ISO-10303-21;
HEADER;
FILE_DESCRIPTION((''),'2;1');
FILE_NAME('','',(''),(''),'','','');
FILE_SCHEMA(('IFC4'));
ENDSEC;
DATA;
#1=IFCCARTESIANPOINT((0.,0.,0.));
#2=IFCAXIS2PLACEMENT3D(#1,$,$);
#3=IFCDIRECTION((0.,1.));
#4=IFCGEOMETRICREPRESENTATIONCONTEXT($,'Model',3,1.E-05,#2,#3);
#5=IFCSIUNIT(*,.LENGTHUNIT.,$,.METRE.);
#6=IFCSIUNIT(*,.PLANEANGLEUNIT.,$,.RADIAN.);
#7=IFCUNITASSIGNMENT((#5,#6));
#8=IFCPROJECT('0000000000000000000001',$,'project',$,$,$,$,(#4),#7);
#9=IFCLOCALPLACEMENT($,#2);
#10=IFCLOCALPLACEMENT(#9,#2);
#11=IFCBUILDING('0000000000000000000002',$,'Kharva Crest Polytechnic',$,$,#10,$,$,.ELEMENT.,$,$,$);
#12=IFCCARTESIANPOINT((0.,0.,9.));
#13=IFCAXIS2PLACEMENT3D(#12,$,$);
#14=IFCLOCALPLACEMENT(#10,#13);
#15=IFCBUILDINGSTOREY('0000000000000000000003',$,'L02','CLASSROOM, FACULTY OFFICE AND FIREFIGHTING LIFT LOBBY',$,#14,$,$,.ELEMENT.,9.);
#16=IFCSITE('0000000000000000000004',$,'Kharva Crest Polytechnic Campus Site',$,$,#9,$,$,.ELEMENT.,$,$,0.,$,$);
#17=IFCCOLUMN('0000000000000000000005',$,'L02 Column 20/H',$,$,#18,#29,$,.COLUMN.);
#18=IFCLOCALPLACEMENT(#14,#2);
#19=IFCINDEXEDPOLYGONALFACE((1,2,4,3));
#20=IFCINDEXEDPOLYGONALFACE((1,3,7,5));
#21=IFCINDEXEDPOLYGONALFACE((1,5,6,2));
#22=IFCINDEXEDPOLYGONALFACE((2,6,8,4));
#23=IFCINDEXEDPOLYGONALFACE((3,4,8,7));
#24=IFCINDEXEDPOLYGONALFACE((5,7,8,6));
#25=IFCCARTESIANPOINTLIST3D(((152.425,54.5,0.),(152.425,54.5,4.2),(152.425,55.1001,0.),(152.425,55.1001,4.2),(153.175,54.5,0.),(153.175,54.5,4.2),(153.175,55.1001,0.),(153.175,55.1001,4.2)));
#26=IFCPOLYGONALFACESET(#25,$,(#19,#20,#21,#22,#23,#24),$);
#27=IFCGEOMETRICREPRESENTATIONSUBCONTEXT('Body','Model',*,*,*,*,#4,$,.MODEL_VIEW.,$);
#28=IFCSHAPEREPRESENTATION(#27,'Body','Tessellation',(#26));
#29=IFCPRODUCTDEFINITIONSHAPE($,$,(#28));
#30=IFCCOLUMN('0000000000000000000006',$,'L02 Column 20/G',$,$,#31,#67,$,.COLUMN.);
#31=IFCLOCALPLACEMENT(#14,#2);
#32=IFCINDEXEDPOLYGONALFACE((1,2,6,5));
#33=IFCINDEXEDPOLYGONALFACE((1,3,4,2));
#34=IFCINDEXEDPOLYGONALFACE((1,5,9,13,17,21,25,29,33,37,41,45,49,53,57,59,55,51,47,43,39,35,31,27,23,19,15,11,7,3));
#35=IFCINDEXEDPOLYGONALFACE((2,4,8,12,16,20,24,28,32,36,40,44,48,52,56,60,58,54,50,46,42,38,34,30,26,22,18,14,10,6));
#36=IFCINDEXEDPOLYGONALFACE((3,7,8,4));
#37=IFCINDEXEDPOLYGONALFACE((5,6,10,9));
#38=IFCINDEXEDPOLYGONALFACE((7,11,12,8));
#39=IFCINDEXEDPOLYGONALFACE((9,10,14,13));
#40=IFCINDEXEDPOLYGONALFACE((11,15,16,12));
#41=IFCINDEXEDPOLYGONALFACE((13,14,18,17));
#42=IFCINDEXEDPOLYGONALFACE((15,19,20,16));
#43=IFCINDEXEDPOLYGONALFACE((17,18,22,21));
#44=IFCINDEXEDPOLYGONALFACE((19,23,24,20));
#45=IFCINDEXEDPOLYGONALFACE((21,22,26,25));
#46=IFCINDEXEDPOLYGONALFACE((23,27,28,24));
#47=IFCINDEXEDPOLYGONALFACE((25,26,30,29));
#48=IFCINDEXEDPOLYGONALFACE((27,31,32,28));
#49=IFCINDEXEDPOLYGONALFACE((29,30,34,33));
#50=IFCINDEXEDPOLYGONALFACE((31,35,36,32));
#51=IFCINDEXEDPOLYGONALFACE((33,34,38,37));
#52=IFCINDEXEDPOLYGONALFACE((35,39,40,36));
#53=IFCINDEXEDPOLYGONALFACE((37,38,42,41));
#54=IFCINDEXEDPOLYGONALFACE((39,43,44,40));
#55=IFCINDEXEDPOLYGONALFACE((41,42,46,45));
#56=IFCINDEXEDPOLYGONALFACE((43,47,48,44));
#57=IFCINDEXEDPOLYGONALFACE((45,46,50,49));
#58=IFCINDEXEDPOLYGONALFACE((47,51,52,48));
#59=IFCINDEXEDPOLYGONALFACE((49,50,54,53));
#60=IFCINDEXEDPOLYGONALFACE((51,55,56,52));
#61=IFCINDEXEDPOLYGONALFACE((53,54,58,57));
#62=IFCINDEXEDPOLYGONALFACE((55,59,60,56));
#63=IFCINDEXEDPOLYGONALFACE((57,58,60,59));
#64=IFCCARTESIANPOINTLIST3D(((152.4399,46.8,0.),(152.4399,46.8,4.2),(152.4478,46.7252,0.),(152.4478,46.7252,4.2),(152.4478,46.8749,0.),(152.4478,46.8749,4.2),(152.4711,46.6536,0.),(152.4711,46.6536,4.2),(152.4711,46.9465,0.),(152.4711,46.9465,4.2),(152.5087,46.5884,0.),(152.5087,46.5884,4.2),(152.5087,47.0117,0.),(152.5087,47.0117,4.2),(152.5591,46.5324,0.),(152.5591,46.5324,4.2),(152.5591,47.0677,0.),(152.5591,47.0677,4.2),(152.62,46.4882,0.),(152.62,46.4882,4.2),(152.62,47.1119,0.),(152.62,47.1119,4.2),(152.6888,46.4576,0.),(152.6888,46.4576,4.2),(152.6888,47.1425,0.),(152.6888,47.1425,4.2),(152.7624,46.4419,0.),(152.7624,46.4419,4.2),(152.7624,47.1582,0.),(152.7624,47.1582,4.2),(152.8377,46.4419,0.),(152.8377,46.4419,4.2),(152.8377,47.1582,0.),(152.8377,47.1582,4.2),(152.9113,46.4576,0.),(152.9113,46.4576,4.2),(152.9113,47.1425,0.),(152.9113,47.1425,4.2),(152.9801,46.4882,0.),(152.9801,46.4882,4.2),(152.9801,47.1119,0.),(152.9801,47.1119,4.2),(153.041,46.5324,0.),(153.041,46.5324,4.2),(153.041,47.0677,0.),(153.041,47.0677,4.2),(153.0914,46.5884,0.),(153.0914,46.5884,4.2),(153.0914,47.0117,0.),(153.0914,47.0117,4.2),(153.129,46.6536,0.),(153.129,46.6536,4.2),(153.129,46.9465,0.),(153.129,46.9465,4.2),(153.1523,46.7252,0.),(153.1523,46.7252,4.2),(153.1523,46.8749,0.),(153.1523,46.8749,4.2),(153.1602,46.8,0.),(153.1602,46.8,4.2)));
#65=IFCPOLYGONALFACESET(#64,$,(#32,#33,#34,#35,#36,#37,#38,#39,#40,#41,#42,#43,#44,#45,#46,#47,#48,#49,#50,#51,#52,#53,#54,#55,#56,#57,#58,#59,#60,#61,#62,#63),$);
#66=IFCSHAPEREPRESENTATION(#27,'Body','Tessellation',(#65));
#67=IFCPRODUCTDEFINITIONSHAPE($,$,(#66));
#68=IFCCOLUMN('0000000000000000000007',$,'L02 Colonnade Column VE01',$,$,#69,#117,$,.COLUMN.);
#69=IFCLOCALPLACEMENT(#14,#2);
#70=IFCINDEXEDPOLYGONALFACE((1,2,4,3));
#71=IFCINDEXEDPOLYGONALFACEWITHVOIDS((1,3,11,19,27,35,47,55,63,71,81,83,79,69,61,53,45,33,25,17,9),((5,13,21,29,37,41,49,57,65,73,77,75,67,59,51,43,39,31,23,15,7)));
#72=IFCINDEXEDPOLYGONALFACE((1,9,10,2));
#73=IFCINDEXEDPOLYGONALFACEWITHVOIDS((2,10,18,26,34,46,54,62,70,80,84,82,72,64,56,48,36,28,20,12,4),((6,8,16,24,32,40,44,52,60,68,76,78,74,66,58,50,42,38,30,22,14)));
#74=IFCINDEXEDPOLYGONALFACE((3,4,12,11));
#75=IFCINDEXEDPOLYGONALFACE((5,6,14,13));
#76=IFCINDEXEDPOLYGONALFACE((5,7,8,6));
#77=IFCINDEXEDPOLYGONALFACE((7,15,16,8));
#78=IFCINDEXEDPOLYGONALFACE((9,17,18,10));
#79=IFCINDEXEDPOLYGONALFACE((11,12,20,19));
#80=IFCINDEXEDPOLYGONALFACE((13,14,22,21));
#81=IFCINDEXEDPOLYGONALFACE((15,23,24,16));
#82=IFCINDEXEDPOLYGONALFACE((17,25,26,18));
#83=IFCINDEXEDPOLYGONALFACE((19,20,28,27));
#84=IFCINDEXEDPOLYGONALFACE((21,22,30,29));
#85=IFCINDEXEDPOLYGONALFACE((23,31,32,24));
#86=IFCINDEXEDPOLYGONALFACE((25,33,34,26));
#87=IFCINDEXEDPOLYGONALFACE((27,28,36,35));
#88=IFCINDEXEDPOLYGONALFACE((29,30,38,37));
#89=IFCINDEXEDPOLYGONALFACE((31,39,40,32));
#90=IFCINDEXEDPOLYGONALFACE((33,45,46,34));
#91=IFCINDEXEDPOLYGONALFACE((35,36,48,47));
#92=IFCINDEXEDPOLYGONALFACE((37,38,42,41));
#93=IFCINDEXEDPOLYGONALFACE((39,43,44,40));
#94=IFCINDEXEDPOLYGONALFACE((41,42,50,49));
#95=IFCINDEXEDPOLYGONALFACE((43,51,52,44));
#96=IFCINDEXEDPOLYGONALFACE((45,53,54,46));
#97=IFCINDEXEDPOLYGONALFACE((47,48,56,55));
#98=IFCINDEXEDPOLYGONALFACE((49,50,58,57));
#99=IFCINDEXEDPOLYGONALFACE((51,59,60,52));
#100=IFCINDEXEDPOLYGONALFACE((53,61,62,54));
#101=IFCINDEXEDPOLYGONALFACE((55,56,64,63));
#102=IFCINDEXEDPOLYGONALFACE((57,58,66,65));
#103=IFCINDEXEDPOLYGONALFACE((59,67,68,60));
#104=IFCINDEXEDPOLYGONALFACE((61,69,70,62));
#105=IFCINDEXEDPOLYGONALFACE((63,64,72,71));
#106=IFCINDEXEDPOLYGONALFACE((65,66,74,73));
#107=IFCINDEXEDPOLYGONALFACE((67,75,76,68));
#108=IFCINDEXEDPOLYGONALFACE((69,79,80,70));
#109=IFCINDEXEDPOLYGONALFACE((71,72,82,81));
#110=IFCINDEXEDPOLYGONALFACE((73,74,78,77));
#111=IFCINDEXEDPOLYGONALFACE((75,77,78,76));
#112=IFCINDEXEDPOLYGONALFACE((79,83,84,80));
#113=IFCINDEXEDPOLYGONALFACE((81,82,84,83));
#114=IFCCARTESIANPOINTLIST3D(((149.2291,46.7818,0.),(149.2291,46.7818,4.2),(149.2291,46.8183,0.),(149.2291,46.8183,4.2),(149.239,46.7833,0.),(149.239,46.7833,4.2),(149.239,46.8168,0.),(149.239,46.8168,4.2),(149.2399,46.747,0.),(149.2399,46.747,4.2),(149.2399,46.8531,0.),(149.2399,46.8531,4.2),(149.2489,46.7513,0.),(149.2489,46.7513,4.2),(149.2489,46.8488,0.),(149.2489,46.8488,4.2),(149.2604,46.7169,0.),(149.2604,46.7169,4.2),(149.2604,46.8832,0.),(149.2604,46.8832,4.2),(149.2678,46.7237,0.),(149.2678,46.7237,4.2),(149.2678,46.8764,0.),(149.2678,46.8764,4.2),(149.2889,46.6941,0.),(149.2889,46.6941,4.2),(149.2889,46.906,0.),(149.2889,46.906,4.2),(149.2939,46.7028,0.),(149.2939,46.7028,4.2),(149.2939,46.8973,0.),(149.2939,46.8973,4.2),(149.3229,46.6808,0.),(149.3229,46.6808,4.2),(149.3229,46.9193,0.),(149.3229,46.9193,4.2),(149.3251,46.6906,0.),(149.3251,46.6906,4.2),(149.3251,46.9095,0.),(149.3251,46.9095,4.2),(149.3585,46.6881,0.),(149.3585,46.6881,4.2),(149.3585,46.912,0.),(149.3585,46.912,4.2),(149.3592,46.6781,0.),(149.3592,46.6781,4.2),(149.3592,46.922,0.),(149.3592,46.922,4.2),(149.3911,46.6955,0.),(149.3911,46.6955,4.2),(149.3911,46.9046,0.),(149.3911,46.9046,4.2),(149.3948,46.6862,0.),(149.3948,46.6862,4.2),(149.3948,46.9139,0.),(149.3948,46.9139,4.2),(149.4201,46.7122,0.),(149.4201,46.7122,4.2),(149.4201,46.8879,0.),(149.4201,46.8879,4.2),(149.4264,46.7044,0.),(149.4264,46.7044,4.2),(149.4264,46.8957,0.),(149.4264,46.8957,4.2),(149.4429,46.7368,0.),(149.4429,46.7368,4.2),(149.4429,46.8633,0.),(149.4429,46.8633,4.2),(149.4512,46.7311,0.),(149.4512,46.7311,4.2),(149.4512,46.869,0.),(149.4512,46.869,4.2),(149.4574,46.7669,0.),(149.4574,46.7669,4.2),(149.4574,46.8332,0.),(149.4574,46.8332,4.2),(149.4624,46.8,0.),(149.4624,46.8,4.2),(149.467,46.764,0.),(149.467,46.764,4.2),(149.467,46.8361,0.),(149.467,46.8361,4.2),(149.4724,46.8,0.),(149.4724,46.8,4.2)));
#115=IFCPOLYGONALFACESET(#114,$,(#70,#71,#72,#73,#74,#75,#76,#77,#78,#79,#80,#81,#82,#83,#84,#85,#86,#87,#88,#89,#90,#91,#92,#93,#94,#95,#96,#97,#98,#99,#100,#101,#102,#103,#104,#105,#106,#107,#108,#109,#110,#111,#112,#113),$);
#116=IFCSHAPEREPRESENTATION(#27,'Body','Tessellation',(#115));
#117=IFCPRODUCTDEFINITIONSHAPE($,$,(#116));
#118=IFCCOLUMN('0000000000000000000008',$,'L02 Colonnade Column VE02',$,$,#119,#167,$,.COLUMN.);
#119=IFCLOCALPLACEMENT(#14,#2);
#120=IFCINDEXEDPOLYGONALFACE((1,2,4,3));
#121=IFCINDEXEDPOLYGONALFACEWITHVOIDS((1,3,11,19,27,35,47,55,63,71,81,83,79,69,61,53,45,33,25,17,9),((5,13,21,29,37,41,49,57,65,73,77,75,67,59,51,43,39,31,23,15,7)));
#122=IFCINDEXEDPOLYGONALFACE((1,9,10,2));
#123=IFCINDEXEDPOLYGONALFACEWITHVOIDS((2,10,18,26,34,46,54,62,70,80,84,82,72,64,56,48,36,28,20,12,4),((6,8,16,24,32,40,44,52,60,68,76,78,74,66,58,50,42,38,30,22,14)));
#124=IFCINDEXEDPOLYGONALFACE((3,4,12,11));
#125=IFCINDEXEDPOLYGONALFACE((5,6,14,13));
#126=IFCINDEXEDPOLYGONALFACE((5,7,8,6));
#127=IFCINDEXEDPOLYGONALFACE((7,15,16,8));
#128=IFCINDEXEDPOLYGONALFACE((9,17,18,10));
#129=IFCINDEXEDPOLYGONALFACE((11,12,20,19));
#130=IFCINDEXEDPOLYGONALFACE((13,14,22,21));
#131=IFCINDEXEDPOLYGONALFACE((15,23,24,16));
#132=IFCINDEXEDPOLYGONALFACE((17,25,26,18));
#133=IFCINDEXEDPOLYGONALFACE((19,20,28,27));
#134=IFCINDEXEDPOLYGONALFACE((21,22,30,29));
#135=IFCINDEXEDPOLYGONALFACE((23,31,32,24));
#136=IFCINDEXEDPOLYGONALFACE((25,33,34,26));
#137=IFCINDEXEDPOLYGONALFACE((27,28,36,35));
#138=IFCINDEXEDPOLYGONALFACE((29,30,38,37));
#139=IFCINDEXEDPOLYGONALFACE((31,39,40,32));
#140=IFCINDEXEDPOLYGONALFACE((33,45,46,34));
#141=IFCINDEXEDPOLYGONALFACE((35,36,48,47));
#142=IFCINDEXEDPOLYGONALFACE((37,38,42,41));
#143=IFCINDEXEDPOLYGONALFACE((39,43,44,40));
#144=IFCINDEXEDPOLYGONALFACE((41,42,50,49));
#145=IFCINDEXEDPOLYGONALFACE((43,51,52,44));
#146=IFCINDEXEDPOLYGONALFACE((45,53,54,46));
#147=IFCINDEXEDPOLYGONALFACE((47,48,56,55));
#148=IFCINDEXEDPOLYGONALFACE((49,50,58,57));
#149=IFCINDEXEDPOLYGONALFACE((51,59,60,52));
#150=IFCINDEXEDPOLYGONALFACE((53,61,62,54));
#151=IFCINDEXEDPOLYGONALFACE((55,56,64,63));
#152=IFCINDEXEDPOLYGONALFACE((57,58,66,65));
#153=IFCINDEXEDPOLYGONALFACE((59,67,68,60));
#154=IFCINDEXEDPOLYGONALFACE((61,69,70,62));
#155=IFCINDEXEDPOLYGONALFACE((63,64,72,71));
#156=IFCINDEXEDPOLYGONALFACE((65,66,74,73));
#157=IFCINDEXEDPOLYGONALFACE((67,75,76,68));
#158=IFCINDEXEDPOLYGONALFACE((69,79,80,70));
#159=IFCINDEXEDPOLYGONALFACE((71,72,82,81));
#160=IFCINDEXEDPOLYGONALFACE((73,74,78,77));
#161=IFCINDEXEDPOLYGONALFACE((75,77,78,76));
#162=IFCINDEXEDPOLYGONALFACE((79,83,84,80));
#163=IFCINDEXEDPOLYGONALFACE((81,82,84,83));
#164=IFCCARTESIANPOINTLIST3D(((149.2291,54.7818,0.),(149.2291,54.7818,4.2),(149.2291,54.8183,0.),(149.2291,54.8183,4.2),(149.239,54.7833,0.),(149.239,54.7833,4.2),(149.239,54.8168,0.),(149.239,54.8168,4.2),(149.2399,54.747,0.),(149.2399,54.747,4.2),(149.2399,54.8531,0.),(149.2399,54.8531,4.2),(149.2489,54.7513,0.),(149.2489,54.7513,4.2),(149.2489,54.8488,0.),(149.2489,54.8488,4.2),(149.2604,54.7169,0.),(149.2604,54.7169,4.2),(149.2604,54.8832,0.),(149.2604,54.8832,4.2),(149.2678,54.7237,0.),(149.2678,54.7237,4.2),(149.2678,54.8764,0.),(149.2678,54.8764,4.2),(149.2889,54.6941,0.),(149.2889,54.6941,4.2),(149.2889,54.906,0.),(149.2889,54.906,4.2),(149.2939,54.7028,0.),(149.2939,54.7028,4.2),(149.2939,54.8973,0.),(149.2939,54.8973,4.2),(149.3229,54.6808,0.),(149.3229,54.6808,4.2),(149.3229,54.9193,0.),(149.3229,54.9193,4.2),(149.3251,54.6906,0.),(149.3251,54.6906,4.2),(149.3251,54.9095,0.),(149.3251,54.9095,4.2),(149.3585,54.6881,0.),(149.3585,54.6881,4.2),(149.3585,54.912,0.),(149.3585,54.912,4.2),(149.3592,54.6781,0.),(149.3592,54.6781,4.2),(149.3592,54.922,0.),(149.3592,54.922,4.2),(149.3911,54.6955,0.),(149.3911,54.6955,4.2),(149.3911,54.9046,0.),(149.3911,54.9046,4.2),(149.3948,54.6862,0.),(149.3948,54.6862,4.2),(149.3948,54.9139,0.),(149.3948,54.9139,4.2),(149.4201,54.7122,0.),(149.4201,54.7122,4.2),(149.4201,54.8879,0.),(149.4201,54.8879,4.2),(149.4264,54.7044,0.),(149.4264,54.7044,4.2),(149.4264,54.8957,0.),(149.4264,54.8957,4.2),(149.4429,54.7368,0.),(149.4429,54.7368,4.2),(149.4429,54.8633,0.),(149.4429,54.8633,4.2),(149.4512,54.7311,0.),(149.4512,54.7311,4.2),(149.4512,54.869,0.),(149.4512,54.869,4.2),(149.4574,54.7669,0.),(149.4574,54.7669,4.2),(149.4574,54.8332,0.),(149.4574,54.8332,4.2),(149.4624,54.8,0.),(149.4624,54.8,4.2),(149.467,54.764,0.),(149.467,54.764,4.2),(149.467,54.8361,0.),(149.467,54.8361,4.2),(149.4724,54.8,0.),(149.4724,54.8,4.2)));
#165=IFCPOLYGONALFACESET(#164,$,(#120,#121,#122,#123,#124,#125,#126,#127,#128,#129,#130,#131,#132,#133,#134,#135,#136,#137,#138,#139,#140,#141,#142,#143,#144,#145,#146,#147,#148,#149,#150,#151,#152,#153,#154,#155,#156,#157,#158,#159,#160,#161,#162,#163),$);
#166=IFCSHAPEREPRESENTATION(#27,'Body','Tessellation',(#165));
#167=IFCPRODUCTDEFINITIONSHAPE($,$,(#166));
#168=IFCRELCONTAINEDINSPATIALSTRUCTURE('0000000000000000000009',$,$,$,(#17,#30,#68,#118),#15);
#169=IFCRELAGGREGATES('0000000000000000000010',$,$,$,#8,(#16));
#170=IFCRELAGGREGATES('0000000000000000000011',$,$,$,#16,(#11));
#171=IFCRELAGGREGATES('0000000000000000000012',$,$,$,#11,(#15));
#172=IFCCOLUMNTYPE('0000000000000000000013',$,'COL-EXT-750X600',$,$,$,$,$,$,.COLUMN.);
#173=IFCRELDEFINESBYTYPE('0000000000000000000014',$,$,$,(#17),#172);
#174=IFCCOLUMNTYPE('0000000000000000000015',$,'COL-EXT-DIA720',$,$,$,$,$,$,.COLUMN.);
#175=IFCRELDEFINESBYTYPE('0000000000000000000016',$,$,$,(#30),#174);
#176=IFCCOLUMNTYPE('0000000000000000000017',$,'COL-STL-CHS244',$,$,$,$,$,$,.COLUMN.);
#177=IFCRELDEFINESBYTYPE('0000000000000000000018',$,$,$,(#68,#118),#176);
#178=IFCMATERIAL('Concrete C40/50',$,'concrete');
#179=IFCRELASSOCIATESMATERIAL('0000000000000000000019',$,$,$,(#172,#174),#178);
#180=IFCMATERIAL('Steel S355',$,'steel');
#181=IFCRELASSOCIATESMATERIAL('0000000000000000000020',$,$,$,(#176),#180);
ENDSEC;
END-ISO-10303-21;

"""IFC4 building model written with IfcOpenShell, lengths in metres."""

from ifc_helpers import new_model, si_unit, direction, frame, origin, origin_2d, place, context, subcontext, project, spatial, rectangle, circle, hollow_circle, extrude, material, material_profile, profile_set, type_object, element, save


model = new_model("IFC4")

# Units and contexts
model_context = context("Model", 3, precision=1e-05, world=origin(), true_north=direction((0.0, 1.0)))
body_context = subcontext(model_context, "Body", "Model", "MODEL_VIEW")
ifc_project = project(units=[si_unit("LENGTHUNIT", "METRE"), si_unit("PLANEANGLEUNIT", "RADIAN")], contexts=[model_context])

# Site, building, storey
site_placement = place(None, origin())
site = spatial("IfcSite", under=ifc_project, at=site_placement, Name="Kharva Crest Polytechnic Campus Site", CompositionType="ELEMENT", RefElevation=0.0)
building_placement = place(site_placement, origin())
building = spatial("IfcBuilding", under=site, at=building_placement, Name="Kharva Crest Polytechnic", CompositionType="ELEMENT")
storey_placement = place(building_placement, frame((0.0, 0.0, 9.0)))
storey = spatial("IfcBuildingStorey", under=building, at=storey_placement, Name="L02", Description="CLASSROOM, FACULTY OFFICE AND FIREFIGHTING LIFT LOBBY", CompositionType="ELEMENT", Elevation=9.0)

# Columns
ifc_material_1 = material(Name="Concrete C40/50", Category="concrete")
ifc_material_profile_1 = material_profile(ifc_material_1, rectangle(XDim=0.75, YDim=0.6001, at=origin_2d()), Name="RECT 750 X 600")
ifc_profile_set_1 = profile_set([ifc_material_profile_1], Name="Concrete C40/50")
column_type_1 = type_object("IfcColumnType", Name="COL-EXT-750X600", PredefinedType="COLUMN", material=ifc_profile_set_1)
column_1_placement = place(storey_placement, frame((152.8, 54.8, 0.0), z_axis=(0.0, 0.0, 1.0), x_axis=(1.0, 0.0, 0.0)))
element("IfcColumn", 1, at=column_1_placement, inside=storey, type_object=column_type_1, Name="L02 Column 20/H", PredefinedType="COLUMN", context=body_context, shape_type="SweptSolid", body=[
    extrude(rectangle(XDim=0.75, YDim=0.6001, at=origin_2d()), origin(), (0.0, 0.0, 1.0), 4.2),
])
ifc_material_profile_2 = material_profile(ifc_material_1, circle(Radius=0.3601, at=origin_2d()), Name="DIA 720")
ifc_profile_set_2 = profile_set([ifc_material_profile_2], Name="Concrete C40/50")
column_type_2 = type_object("IfcColumnType", Name="COL-EXT-DIA720", PredefinedType="COLUMN", material=ifc_profile_set_2)
column_2_placement = place(storey_placement, frame((152.8, 46.8, 0.0), z_axis=(0.0, 0.0, 1.0), x_axis=(1.0, 0.0, 0.0)))
element("IfcColumn", 2, at=column_2_placement, inside=storey, type_object=column_type_2, Name="L02 Column 20/G", PredefinedType="COLUMN", context=body_context, shape_type="SweptSolid", body=[
    extrude(circle(Radius=0.3601, at=origin_2d()), origin(), (0.0, 0.0, 1.0), 4.2),
])
ifc_material_2 = material(Name="Steel S355", Category="steel")
ifc_material_profile_3 = material_profile(ifc_material_2, hollow_circle(Radius=0.1223, WallThickness=0.01, at=origin_2d()), Name="CHS 244.5X10.0")
ifc_profile_set_3 = profile_set([ifc_material_profile_3], Name="Steel S355")
column_type_3 = type_object("IfcColumnType", Name="COL-STL-CHS244", PredefinedType="COLUMN", material=ifc_profile_set_3)
for number, where, z_axis, x_axis, name in (
    (3, (149.3501, 46.8, 0.0), (0.0, 0.0, 1.0), (1.0, 0.0, 0.0), "L02 Colonnade Column VE01"),
    (4, (149.3501, 54.8, 0.0), (0.0, 0.0, 1.0), (1.0, 0.0, 0.0), "L02 Colonnade Column VE02"),
):
    element("IfcColumn", number, at=place(storey_placement, frame(where, z_axis=z_axis, x_axis=x_axis)), inside=storey, type_object=column_type_3, Name=name, PredefinedType="COLUMN", context=body_context, shape_type="SweptSolid", body=[
        extrude(hollow_circle(Radius=0.1223, WallThickness=0.01, at=origin_2d()), origin(), (0.0, 0.0, 1.0), 4.2),
    ])

save(model, "model.ifc")
